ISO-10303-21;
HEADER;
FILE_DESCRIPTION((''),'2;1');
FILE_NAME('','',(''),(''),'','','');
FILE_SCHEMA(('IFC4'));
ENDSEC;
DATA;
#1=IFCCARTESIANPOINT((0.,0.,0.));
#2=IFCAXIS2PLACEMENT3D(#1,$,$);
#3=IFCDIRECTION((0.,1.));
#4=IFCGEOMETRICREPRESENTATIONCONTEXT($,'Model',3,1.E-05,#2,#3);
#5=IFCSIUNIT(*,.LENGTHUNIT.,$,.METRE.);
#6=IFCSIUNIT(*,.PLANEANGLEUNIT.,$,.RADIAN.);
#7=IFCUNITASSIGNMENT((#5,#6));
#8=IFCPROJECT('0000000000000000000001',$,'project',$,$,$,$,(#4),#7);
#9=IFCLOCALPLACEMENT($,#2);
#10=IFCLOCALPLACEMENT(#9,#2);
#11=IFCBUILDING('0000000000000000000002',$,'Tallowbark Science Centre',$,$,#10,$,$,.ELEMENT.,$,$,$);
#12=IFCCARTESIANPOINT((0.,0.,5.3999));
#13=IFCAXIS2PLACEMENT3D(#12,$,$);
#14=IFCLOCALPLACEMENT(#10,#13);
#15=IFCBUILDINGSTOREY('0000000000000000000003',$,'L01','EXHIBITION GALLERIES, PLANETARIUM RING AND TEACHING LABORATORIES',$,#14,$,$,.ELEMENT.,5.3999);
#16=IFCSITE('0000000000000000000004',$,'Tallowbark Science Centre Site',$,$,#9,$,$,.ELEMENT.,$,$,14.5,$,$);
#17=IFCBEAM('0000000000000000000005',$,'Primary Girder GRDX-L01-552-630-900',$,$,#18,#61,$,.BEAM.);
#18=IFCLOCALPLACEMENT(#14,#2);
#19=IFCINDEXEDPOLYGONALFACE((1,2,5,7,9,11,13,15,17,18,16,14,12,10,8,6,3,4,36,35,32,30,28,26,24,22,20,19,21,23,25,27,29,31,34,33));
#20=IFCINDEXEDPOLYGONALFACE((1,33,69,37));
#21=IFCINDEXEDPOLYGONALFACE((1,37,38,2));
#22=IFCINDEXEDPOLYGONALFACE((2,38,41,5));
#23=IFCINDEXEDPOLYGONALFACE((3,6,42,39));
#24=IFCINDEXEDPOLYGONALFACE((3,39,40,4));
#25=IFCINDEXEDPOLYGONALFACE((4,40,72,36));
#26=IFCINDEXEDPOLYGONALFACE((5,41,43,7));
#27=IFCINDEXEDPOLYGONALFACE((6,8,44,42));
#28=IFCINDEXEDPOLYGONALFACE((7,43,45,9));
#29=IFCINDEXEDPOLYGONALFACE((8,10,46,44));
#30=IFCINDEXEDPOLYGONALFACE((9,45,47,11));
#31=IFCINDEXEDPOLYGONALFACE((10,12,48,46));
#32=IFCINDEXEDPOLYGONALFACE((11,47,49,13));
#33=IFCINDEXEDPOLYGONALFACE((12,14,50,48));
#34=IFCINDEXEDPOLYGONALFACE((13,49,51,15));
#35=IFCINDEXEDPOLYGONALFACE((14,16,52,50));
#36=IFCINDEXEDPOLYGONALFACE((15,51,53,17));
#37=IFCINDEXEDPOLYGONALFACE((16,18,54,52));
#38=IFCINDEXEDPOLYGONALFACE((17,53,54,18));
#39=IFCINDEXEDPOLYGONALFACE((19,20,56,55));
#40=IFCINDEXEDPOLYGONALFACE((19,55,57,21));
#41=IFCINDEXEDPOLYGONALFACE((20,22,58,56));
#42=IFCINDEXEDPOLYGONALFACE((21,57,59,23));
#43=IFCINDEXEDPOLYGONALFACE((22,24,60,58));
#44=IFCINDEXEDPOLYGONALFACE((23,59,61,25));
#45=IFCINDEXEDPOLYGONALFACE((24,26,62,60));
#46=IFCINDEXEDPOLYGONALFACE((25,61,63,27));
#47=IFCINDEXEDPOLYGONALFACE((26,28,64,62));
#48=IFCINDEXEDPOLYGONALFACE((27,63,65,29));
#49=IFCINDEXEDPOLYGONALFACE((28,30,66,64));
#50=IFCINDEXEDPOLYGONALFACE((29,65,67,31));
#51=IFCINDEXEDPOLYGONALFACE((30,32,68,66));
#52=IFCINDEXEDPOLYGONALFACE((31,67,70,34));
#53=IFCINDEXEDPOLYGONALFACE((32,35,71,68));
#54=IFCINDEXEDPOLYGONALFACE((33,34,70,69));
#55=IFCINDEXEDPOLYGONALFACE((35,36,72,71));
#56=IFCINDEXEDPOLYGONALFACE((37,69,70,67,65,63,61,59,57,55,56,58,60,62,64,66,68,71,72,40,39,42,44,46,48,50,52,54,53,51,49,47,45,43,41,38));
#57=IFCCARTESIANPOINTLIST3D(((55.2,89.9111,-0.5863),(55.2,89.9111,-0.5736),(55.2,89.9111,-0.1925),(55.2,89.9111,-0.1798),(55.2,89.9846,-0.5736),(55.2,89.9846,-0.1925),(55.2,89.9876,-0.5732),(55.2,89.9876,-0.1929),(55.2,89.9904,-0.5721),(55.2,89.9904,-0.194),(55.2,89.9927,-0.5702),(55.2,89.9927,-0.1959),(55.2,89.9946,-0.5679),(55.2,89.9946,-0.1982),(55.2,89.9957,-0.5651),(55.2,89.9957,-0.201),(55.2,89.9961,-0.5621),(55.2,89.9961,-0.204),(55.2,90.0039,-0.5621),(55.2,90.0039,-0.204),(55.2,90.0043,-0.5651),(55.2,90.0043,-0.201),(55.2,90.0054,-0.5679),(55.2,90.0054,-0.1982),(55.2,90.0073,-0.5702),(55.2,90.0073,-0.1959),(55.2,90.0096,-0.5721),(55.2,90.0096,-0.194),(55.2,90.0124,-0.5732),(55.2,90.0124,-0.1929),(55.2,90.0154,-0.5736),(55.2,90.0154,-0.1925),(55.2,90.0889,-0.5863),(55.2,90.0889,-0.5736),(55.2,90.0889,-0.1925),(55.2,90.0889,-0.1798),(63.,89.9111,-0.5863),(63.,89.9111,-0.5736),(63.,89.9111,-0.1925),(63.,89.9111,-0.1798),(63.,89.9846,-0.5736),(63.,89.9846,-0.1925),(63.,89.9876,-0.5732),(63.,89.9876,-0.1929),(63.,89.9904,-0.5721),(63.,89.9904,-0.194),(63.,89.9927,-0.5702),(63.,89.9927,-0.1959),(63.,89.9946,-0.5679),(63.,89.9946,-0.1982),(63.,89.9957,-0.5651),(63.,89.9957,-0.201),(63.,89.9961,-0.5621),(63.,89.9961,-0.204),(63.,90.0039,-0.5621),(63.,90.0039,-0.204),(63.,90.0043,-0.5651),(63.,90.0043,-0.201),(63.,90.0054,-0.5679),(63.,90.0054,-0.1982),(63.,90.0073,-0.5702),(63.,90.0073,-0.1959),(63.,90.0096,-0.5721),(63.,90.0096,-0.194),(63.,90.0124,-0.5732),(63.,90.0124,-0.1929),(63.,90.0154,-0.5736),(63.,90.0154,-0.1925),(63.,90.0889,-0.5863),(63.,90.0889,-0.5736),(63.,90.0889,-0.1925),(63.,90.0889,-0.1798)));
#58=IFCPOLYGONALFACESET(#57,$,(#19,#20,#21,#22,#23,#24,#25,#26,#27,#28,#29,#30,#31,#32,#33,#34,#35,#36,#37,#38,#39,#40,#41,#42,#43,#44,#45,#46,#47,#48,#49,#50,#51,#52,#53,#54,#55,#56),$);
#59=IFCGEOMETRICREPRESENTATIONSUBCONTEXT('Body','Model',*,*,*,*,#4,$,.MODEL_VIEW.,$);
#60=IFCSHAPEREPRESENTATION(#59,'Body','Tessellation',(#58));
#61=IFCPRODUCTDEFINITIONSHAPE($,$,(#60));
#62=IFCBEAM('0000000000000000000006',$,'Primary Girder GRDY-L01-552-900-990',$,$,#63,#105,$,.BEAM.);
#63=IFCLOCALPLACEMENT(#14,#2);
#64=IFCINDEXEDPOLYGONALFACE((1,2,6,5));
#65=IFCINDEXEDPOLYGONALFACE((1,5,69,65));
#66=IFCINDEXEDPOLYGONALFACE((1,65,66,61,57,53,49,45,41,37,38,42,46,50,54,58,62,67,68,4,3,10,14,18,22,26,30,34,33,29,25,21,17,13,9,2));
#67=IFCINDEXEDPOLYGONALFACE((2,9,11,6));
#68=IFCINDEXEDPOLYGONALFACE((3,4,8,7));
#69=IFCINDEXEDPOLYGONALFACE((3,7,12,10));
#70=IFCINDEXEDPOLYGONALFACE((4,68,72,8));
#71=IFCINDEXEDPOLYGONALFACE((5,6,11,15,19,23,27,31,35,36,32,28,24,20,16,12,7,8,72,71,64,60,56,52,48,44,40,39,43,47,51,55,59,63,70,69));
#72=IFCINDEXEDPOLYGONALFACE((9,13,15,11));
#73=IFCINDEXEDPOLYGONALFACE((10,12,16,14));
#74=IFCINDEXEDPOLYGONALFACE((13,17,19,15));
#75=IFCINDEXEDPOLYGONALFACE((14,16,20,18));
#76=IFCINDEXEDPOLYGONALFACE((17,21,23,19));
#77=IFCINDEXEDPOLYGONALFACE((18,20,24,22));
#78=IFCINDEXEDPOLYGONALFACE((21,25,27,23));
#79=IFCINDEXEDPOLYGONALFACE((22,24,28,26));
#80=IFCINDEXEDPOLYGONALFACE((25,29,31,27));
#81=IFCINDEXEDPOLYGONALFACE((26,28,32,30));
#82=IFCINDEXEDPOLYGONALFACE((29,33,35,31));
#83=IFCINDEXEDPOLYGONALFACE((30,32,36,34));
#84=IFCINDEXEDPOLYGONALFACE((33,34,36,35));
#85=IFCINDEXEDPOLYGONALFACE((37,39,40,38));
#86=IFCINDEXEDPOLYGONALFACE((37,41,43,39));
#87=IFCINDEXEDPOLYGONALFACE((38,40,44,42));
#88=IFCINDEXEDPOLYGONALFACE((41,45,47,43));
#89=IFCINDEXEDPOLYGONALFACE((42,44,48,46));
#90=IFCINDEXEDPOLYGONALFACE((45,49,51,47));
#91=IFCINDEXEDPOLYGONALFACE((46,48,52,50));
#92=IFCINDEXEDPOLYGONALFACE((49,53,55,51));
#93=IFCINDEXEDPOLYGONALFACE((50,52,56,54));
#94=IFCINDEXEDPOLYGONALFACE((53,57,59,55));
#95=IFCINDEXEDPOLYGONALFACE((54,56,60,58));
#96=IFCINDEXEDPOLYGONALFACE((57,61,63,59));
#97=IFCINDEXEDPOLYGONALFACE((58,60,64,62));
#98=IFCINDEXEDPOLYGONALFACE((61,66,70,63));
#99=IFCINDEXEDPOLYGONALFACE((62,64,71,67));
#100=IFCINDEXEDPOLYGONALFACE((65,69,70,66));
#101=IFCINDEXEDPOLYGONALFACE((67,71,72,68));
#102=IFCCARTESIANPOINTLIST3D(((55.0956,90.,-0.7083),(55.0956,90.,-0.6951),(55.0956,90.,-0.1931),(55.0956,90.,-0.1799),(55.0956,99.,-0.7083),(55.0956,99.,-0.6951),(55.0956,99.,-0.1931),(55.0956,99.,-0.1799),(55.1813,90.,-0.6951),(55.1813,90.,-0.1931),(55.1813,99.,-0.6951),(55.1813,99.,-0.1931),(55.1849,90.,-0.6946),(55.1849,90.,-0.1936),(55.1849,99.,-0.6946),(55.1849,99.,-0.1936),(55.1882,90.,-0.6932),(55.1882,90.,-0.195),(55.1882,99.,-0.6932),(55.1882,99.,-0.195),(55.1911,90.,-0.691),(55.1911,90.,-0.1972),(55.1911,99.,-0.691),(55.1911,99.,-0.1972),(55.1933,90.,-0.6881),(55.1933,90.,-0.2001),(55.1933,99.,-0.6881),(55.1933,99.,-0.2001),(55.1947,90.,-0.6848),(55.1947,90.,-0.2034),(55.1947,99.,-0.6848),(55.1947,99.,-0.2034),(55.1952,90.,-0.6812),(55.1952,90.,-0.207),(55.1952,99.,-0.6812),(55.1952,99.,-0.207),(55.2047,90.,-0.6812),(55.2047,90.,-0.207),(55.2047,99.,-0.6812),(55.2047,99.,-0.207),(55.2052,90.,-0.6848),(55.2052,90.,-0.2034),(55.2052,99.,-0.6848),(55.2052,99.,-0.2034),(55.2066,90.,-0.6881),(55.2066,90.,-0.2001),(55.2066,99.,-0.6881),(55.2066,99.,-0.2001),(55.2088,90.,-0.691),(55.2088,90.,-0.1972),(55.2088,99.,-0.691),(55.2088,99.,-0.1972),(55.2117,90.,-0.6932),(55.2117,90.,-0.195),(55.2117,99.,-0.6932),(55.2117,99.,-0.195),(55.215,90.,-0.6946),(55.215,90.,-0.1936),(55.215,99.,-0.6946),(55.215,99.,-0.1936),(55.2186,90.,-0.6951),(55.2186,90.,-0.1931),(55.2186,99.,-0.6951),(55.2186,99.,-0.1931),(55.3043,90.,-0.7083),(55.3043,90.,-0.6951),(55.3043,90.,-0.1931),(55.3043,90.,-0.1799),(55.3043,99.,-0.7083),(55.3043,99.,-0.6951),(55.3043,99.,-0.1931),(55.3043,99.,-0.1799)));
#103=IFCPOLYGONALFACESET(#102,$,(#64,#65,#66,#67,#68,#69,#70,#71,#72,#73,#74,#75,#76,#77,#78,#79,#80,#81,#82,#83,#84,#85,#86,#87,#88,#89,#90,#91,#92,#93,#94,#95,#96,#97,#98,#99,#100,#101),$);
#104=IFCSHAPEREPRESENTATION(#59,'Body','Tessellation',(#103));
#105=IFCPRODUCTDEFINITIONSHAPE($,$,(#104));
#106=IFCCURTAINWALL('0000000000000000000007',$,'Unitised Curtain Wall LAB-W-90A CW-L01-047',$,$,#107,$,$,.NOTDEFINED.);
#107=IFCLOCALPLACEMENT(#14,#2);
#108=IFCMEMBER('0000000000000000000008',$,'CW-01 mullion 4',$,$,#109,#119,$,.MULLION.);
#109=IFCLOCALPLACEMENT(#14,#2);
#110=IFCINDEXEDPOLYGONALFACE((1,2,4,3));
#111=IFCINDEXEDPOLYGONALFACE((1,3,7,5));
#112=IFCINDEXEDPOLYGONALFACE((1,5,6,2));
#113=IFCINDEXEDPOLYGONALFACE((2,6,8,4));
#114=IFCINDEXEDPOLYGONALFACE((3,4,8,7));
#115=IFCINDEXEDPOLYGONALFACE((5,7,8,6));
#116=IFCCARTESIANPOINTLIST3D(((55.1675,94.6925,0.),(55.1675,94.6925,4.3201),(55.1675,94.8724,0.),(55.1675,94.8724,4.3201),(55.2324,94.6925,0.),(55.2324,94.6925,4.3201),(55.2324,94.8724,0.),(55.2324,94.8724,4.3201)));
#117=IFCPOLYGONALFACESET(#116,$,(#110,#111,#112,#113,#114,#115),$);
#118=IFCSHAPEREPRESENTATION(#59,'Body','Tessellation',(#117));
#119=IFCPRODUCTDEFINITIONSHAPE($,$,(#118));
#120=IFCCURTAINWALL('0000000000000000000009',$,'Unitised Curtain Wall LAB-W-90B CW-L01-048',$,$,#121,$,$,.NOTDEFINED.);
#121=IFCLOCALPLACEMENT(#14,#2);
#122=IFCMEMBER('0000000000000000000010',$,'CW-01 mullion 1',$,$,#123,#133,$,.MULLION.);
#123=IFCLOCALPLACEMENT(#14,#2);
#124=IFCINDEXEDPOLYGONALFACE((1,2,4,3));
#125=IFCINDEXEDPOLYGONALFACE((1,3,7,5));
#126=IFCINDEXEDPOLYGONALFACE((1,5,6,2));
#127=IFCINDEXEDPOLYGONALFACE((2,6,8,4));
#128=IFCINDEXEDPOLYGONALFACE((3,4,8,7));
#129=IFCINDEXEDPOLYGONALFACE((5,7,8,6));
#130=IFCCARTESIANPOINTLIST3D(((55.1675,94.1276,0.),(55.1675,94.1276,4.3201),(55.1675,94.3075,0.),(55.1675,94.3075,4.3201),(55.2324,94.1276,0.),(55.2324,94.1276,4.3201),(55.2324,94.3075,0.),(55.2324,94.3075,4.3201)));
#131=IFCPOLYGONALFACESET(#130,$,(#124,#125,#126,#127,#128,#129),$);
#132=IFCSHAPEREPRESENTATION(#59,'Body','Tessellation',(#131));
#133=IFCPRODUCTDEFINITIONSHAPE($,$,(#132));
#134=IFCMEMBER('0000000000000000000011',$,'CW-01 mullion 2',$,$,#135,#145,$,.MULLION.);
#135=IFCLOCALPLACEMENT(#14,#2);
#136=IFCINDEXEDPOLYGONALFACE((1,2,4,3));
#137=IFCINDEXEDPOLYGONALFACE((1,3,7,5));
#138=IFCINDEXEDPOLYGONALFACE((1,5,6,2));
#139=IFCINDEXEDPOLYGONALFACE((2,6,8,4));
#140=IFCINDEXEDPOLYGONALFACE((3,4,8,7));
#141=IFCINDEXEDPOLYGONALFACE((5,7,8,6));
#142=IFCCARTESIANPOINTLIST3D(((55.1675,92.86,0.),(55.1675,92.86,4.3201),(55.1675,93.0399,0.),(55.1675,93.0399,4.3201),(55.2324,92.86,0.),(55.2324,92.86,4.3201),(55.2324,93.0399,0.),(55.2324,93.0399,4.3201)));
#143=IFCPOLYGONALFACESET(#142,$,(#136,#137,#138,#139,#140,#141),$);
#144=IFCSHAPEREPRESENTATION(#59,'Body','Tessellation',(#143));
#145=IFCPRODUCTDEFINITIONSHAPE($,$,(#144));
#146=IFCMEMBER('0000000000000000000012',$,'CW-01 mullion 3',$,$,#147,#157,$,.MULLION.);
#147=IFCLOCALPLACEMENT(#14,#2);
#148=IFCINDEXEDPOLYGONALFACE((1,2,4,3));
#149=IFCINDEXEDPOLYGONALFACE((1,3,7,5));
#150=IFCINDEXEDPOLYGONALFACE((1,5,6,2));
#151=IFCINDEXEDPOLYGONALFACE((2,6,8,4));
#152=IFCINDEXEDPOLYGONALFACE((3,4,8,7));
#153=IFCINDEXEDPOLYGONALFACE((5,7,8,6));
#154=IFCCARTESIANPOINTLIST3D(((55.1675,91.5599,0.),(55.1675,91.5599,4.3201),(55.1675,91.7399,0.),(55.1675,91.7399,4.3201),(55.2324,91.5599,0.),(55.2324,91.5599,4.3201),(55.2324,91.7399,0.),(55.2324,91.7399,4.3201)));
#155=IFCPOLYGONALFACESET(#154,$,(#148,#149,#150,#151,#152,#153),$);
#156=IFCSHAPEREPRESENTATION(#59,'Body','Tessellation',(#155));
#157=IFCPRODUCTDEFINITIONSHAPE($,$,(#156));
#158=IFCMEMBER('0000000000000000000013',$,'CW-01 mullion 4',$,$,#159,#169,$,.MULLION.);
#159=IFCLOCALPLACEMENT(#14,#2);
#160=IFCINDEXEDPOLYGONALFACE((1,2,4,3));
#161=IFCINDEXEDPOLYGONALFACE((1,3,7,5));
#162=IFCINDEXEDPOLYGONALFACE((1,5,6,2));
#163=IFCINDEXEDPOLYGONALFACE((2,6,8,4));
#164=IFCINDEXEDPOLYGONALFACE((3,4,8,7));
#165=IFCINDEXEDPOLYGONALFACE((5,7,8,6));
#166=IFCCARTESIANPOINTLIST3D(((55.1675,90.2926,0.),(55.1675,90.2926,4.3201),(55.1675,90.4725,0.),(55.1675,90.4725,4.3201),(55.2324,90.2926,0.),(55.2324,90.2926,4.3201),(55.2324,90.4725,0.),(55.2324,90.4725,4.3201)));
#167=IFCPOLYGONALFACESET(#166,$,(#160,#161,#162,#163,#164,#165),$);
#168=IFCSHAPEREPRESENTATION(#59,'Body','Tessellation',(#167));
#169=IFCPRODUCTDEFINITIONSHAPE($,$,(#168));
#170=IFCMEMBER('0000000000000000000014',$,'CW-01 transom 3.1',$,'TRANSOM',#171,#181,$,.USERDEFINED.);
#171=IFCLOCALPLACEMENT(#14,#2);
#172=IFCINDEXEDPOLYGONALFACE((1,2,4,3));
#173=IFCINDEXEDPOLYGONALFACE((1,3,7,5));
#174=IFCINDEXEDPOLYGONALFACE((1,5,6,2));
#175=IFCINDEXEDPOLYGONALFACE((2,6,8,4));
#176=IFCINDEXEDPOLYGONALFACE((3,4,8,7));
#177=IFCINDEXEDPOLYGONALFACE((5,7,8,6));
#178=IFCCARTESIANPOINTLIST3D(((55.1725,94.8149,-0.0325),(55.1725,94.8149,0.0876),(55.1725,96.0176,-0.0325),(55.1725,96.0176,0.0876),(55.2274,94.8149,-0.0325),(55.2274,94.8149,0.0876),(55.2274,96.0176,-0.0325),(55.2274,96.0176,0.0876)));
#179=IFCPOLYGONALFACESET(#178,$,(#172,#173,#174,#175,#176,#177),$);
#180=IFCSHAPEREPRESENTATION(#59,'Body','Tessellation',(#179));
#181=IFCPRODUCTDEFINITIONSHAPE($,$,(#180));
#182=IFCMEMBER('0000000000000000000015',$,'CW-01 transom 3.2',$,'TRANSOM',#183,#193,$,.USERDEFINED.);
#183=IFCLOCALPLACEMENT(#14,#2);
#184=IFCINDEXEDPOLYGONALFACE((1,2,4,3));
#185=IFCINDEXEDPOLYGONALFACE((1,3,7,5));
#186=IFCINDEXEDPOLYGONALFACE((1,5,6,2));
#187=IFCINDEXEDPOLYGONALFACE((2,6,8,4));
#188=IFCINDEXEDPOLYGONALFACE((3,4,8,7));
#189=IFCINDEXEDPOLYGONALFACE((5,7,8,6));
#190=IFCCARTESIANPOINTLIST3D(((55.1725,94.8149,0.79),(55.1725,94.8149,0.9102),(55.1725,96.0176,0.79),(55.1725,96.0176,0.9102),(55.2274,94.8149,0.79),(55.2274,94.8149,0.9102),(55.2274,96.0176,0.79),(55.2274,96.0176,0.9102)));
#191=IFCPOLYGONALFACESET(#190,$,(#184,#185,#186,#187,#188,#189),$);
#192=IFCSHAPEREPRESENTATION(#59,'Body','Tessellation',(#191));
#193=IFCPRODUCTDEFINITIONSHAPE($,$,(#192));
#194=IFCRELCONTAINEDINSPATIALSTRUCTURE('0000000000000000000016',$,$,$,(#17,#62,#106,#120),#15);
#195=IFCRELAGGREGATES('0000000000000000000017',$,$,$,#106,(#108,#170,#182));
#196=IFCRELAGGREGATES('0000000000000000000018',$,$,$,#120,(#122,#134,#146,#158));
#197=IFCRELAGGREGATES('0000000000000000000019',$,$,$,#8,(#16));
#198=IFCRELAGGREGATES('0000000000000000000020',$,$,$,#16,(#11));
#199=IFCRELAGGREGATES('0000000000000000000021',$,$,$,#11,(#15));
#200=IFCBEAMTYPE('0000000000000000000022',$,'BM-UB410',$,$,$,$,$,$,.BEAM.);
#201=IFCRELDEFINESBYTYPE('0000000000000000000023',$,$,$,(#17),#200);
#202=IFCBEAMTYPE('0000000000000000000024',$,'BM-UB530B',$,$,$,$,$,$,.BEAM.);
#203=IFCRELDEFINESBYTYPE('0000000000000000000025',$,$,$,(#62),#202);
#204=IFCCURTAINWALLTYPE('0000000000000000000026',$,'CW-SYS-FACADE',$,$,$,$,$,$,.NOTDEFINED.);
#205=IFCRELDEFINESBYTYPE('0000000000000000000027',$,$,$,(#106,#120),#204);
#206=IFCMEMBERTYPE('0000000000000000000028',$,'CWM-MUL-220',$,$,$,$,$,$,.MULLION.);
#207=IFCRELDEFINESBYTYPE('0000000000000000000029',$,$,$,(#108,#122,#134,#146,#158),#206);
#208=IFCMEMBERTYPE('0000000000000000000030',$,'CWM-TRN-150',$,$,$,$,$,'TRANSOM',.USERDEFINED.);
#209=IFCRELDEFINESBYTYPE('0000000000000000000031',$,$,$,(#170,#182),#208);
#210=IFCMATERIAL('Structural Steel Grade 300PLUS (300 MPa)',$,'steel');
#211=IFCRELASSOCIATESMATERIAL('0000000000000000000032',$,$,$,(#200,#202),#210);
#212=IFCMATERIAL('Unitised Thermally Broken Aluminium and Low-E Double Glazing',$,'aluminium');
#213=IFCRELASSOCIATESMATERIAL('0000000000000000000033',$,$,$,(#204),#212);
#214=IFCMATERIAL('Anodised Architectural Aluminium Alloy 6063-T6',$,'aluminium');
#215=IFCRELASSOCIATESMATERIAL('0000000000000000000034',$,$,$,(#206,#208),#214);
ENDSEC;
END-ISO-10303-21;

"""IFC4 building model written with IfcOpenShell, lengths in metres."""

from ifc_helpers import new_model, si_unit, direction, frame, origin, origin_2d, place, context, subcontext, project, spatial, rectangle, i_section, extrude, material, material_profile, profile_set, type_object, element, aggregate, save


model = new_model("IFC4")

# Units and contexts
model_context = context("Model", 3, precision=1e-05, world=origin(), true_north=direction((0.0, 1.0)))
body_context = subcontext(model_context, "Body", "Model", "MODEL_VIEW")
ifc_project = project(units=[si_unit("LENGTHUNIT", "METRE"), si_unit("PLANEANGLEUNIT", "RADIAN")], contexts=[model_context])

# Site, building, storey
site_placement = place(None, origin())
site = spatial("IfcSite", under=ifc_project, at=site_placement, Name="Tallowbark Science Centre Site", CompositionType="ELEMENT", RefElevation=14.5)
building_placement = place(site_placement, origin())
building = spatial("IfcBuilding", under=site, at=building_placement, Name="Tallowbark Science Centre", CompositionType="ELEMENT")
storey_placement = place(building_placement, frame((0.0, 0.0, 5.3999)))
storey = spatial("IfcBuildingStorey", under=building, at=storey_placement, Name="L01", Description="EXHIBITION GALLERIES, PLANETARIUM RING AND TEACHING LABORATORIES", CompositionType="ELEMENT", Elevation=5.3999)

# Beams
ifc_material_1 = material(Name="Structural Steel Grade 300PLUS (300 MPa)", Category="steel")
ifc_material_profile_1 = material_profile(ifc_material_1, i_section(OverallWidth=0.1777, OverallDepth=0.4065, WebThickness=0.0078, FlangeThickness=0.0127, FilletRadius=0.0115, at=origin_2d()), Name="410UB59.7")
ifc_profile_set_1 = profile_set([ifc_material_profile_1], Name="Structural Steel Grade 300PLUS (300 MPa)")
beam_type_1 = type_object("IfcBeamType", Name="BM-UB410", PredefinedType="BEAM", material=ifc_profile_set_1)
beam_1_placement = place(storey_placement, frame((55.2, 90.0, -0.3831), z_axis=(1.0, 0.0, 0.0), x_axis=(0.0, 1.0, 0.0)))
element("IfcBeam", 1, at=beam_1_placement, inside=storey, type_object=beam_type_1, Name="Primary Girder GRDX-L01-552-630-900", PredefinedType="BEAM", context=body_context, shape_type="SweptSolid", body=[
    extrude(i_section(OverallWidth=0.1777, OverallDepth=0.4065, WebThickness=0.0078, FlangeThickness=0.0127, FilletRadius=0.0115, at=origin_2d()), origin(), (0.0, 0.0, 1.0), 7.8),
])
ifc_material_profile_2 = material_profile(ifc_material_1, i_section(OverallWidth=0.2087, OverallDepth=0.5283, WebThickness=0.0095, FlangeThickness=0.0132, FilletRadius=0.0139, at=origin_2d()), Name="530UB82.0")
ifc_profile_set_2 = profile_set([ifc_material_profile_2], Name="Structural Steel Grade 300PLUS (300 MPa)")
beam_type_2 = type_object("IfcBeamType", Name="BM-UB530B", PredefinedType="BEAM", material=ifc_profile_set_2)
beam_2_placement = place(storey_placement, frame((55.2, 90.0, -0.4441), z_axis=(0.0, 1.0, 0.0), x_axis=(-1.0, 0.0, 0.0)))
element("IfcBeam", 2, at=beam_2_placement, inside=storey, type_object=beam_type_2, Name="Primary Girder GRDY-L01-552-900-990", PredefinedType="BEAM", context=body_context, shape_type="SweptSolid", body=[
    extrude(i_section(OverallWidth=0.2087, OverallDepth=0.5283, WebThickness=0.0095, FlangeThickness=0.0132, FilletRadius=0.0139, at=origin_2d()), origin(), (0.0, 0.0, 1.0), 9.0),
])

# Curtain wall, member
ifc_material_2 = material(Name="Unitised Thermally Broken Aluminium and Low-E Double Glazing", Category="aluminium")
curtain_wall_type = type_object("IfcCurtainWallType", Name="CW-SYS-FACADE", PredefinedType="NOTDEFINED", material=ifc_material_2)
curtain_wall_1_placement = place(storey_placement, origin())
curtain_wall_1 = element("IfcCurtainWall", 3, at=curtain_wall_1_placement, inside=storey, type_object=curtain_wall_type, Name="Unitised Curtain Wall LAB-W-90A CW-L01-047", PredefinedType="NOTDEFINED")
ifc_material_3 = material(Name="Anodised Architectural Aluminium Alloy 6063-T6", Category="aluminium")
ifc_material_profile_3 = material_profile(ifc_material_3, rectangle(XDim=0.0649, YDim=0.1799, at=origin_2d()), Name="ALU65x180")
ifc_profile_set_3 = profile_set([ifc_material_profile_3], Name="Anodised Architectural Aluminium Alloy 6063-T6")
member_type_1 = type_object("IfcMemberType", Name="CWM-MUL-220", PredefinedType="MULLION", material=ifc_profile_set_3)
member_1_placement = place(storey_placement, frame((55.2, 94.7825, 0.0), z_axis=(0.0, 0.0, 1.0), x_axis=(1.0, 0.0, 0.0)))
member_1 = element("IfcMember", 4, at=member_1_placement, type_object=member_type_1, Name="CW-01 mullion 4", PredefinedType="MULLION", context=body_context, shape_type="SweptSolid", body=[
    extrude(rectangle(XDim=0.0649, YDim=0.1799, at=origin_2d()), origin(), (0.0, 0.0, 1.0), 4.3201),
])

# Curtain wall, members
curtain_wall_2_placement = place(storey_placement, origin())
curtain_wall_2 = element("IfcCurtainWall", 5, at=curtain_wall_2_placement, inside=storey, type_object=curtain_wall_type, Name="Unitised Curtain Wall LAB-W-90B CW-L01-048", PredefinedType="NOTDEFINED")
member_2_placement = place(storey_placement, frame((55.2, 94.2175, 0.0), z_axis=(0.0, 0.0, 1.0), x_axis=(1.0, 0.0, 0.0)))
member_2 = element("IfcMember", 6, at=member_2_placement, type_object=member_type_1, Name="CW-01 mullion 1", PredefinedType="MULLION", context=body_context, shape_type="SweptSolid", body=[
    extrude(rectangle(XDim=0.0649, YDim=0.1799, at=origin_2d()), origin(), (0.0, 0.0, 1.0), 4.3201),
])
member_3_placement = place(storey_placement, frame((55.2, 92.95, 0.0), z_axis=(0.0, 0.0, 1.0), x_axis=(1.0, 0.0, 0.0)))
member_3 = element("IfcMember", 7, at=member_3_placement, type_object=member_type_1, Name="CW-01 mullion 2", PredefinedType="MULLION", context=body_context, shape_type="SweptSolid", body=[
    extrude(rectangle(XDim=0.0649, YDim=0.1799, at=origin_2d()), origin(), (0.0, 0.0, 1.0), 4.3201),
])
member_4_placement = place(storey_placement, frame((55.2, 91.6499, 0.0), z_axis=(0.0, 0.0, 1.0), x_axis=(1.0, 0.0, 0.0)))
member_4 = element("IfcMember", 8, at=member_4_placement, type_object=member_type_1, Name="CW-01 mullion 3", PredefinedType="MULLION", context=body_context, shape_type="SweptSolid", body=[
    extrude(rectangle(XDim=0.0649, YDim=0.1799, at=origin_2d()), origin(), (0.0, 0.0, 1.0), 4.3201),
])
member_5_placement = place(storey_placement, frame((55.2, 90.3826, 0.0), z_axis=(0.0, 0.0, 1.0), x_axis=(1.0, 0.0, 0.0)))
member_5 = element("IfcMember", 9, at=member_5_placement, type_object=member_type_1, Name="CW-01 mullion 4", PredefinedType="MULLION", context=body_context, shape_type="SweptSolid", body=[
    extrude(rectangle(XDim=0.0649, YDim=0.1799, at=origin_2d()), origin(), (0.0, 0.0, 1.0), 4.3201),
])

# Members
ifc_material_profile_4 = material_profile(ifc_material_3, rectangle(XDim=0.0549, YDim=0.1201, at=origin_2d()), Name="ALU55x120")
ifc_profile_set_4 = profile_set([ifc_material_profile_4], Name="Anodised Architectural Aluminium Alloy 6063-T6")
member_type_2 = type_object("IfcMemberType", Name="CWM-TRN-150", ElementType="TRANSOM", PredefinedType="USERDEFINED", material=ifc_profile_set_4)
member_6_placement = place(storey_placement, frame((55.2, 96.0176, 0.0276), z_axis=(0.0, -1.0, 0.0), x_axis=(1.0, 0.0, 0.0)))
member_6 = element("IfcMember", 10, at=member_6_placement, type_object=member_type_2, Name="CW-01 transom 3.1", ObjectType="TRANSOM", PredefinedType="USERDEFINED", context=body_context, shape_type="SweptSolid", body=[
    extrude(rectangle(XDim=0.0549, YDim=0.1201, at=origin_2d()), origin(), (0.0, 0.0, 1.0), 1.2026),
])
member_7_placement = place(storey_placement, frame((55.2, 96.0176, 0.8501), z_axis=(0.0, -1.0, 0.0), x_axis=(1.0, 0.0, 0.0)))
member_7 = element("IfcMember", 11, at=member_7_placement, type_object=member_type_2, Name="CW-01 transom 3.2", ObjectType="TRANSOM", PredefinedType="USERDEFINED", context=body_context, shape_type="SweptSolid", body=[
    extrude(rectangle(XDim=0.0549, YDim=0.1201, at=origin_2d()), origin(), (0.0, 0.0, 1.0), 1.2026),
])

aggregate(curtain_wall_1, [member_1, member_6, member_7])
aggregate(curtain_wall_2, [member_2, member_3, member_4, member_5])

save(model, "model.ifc")
